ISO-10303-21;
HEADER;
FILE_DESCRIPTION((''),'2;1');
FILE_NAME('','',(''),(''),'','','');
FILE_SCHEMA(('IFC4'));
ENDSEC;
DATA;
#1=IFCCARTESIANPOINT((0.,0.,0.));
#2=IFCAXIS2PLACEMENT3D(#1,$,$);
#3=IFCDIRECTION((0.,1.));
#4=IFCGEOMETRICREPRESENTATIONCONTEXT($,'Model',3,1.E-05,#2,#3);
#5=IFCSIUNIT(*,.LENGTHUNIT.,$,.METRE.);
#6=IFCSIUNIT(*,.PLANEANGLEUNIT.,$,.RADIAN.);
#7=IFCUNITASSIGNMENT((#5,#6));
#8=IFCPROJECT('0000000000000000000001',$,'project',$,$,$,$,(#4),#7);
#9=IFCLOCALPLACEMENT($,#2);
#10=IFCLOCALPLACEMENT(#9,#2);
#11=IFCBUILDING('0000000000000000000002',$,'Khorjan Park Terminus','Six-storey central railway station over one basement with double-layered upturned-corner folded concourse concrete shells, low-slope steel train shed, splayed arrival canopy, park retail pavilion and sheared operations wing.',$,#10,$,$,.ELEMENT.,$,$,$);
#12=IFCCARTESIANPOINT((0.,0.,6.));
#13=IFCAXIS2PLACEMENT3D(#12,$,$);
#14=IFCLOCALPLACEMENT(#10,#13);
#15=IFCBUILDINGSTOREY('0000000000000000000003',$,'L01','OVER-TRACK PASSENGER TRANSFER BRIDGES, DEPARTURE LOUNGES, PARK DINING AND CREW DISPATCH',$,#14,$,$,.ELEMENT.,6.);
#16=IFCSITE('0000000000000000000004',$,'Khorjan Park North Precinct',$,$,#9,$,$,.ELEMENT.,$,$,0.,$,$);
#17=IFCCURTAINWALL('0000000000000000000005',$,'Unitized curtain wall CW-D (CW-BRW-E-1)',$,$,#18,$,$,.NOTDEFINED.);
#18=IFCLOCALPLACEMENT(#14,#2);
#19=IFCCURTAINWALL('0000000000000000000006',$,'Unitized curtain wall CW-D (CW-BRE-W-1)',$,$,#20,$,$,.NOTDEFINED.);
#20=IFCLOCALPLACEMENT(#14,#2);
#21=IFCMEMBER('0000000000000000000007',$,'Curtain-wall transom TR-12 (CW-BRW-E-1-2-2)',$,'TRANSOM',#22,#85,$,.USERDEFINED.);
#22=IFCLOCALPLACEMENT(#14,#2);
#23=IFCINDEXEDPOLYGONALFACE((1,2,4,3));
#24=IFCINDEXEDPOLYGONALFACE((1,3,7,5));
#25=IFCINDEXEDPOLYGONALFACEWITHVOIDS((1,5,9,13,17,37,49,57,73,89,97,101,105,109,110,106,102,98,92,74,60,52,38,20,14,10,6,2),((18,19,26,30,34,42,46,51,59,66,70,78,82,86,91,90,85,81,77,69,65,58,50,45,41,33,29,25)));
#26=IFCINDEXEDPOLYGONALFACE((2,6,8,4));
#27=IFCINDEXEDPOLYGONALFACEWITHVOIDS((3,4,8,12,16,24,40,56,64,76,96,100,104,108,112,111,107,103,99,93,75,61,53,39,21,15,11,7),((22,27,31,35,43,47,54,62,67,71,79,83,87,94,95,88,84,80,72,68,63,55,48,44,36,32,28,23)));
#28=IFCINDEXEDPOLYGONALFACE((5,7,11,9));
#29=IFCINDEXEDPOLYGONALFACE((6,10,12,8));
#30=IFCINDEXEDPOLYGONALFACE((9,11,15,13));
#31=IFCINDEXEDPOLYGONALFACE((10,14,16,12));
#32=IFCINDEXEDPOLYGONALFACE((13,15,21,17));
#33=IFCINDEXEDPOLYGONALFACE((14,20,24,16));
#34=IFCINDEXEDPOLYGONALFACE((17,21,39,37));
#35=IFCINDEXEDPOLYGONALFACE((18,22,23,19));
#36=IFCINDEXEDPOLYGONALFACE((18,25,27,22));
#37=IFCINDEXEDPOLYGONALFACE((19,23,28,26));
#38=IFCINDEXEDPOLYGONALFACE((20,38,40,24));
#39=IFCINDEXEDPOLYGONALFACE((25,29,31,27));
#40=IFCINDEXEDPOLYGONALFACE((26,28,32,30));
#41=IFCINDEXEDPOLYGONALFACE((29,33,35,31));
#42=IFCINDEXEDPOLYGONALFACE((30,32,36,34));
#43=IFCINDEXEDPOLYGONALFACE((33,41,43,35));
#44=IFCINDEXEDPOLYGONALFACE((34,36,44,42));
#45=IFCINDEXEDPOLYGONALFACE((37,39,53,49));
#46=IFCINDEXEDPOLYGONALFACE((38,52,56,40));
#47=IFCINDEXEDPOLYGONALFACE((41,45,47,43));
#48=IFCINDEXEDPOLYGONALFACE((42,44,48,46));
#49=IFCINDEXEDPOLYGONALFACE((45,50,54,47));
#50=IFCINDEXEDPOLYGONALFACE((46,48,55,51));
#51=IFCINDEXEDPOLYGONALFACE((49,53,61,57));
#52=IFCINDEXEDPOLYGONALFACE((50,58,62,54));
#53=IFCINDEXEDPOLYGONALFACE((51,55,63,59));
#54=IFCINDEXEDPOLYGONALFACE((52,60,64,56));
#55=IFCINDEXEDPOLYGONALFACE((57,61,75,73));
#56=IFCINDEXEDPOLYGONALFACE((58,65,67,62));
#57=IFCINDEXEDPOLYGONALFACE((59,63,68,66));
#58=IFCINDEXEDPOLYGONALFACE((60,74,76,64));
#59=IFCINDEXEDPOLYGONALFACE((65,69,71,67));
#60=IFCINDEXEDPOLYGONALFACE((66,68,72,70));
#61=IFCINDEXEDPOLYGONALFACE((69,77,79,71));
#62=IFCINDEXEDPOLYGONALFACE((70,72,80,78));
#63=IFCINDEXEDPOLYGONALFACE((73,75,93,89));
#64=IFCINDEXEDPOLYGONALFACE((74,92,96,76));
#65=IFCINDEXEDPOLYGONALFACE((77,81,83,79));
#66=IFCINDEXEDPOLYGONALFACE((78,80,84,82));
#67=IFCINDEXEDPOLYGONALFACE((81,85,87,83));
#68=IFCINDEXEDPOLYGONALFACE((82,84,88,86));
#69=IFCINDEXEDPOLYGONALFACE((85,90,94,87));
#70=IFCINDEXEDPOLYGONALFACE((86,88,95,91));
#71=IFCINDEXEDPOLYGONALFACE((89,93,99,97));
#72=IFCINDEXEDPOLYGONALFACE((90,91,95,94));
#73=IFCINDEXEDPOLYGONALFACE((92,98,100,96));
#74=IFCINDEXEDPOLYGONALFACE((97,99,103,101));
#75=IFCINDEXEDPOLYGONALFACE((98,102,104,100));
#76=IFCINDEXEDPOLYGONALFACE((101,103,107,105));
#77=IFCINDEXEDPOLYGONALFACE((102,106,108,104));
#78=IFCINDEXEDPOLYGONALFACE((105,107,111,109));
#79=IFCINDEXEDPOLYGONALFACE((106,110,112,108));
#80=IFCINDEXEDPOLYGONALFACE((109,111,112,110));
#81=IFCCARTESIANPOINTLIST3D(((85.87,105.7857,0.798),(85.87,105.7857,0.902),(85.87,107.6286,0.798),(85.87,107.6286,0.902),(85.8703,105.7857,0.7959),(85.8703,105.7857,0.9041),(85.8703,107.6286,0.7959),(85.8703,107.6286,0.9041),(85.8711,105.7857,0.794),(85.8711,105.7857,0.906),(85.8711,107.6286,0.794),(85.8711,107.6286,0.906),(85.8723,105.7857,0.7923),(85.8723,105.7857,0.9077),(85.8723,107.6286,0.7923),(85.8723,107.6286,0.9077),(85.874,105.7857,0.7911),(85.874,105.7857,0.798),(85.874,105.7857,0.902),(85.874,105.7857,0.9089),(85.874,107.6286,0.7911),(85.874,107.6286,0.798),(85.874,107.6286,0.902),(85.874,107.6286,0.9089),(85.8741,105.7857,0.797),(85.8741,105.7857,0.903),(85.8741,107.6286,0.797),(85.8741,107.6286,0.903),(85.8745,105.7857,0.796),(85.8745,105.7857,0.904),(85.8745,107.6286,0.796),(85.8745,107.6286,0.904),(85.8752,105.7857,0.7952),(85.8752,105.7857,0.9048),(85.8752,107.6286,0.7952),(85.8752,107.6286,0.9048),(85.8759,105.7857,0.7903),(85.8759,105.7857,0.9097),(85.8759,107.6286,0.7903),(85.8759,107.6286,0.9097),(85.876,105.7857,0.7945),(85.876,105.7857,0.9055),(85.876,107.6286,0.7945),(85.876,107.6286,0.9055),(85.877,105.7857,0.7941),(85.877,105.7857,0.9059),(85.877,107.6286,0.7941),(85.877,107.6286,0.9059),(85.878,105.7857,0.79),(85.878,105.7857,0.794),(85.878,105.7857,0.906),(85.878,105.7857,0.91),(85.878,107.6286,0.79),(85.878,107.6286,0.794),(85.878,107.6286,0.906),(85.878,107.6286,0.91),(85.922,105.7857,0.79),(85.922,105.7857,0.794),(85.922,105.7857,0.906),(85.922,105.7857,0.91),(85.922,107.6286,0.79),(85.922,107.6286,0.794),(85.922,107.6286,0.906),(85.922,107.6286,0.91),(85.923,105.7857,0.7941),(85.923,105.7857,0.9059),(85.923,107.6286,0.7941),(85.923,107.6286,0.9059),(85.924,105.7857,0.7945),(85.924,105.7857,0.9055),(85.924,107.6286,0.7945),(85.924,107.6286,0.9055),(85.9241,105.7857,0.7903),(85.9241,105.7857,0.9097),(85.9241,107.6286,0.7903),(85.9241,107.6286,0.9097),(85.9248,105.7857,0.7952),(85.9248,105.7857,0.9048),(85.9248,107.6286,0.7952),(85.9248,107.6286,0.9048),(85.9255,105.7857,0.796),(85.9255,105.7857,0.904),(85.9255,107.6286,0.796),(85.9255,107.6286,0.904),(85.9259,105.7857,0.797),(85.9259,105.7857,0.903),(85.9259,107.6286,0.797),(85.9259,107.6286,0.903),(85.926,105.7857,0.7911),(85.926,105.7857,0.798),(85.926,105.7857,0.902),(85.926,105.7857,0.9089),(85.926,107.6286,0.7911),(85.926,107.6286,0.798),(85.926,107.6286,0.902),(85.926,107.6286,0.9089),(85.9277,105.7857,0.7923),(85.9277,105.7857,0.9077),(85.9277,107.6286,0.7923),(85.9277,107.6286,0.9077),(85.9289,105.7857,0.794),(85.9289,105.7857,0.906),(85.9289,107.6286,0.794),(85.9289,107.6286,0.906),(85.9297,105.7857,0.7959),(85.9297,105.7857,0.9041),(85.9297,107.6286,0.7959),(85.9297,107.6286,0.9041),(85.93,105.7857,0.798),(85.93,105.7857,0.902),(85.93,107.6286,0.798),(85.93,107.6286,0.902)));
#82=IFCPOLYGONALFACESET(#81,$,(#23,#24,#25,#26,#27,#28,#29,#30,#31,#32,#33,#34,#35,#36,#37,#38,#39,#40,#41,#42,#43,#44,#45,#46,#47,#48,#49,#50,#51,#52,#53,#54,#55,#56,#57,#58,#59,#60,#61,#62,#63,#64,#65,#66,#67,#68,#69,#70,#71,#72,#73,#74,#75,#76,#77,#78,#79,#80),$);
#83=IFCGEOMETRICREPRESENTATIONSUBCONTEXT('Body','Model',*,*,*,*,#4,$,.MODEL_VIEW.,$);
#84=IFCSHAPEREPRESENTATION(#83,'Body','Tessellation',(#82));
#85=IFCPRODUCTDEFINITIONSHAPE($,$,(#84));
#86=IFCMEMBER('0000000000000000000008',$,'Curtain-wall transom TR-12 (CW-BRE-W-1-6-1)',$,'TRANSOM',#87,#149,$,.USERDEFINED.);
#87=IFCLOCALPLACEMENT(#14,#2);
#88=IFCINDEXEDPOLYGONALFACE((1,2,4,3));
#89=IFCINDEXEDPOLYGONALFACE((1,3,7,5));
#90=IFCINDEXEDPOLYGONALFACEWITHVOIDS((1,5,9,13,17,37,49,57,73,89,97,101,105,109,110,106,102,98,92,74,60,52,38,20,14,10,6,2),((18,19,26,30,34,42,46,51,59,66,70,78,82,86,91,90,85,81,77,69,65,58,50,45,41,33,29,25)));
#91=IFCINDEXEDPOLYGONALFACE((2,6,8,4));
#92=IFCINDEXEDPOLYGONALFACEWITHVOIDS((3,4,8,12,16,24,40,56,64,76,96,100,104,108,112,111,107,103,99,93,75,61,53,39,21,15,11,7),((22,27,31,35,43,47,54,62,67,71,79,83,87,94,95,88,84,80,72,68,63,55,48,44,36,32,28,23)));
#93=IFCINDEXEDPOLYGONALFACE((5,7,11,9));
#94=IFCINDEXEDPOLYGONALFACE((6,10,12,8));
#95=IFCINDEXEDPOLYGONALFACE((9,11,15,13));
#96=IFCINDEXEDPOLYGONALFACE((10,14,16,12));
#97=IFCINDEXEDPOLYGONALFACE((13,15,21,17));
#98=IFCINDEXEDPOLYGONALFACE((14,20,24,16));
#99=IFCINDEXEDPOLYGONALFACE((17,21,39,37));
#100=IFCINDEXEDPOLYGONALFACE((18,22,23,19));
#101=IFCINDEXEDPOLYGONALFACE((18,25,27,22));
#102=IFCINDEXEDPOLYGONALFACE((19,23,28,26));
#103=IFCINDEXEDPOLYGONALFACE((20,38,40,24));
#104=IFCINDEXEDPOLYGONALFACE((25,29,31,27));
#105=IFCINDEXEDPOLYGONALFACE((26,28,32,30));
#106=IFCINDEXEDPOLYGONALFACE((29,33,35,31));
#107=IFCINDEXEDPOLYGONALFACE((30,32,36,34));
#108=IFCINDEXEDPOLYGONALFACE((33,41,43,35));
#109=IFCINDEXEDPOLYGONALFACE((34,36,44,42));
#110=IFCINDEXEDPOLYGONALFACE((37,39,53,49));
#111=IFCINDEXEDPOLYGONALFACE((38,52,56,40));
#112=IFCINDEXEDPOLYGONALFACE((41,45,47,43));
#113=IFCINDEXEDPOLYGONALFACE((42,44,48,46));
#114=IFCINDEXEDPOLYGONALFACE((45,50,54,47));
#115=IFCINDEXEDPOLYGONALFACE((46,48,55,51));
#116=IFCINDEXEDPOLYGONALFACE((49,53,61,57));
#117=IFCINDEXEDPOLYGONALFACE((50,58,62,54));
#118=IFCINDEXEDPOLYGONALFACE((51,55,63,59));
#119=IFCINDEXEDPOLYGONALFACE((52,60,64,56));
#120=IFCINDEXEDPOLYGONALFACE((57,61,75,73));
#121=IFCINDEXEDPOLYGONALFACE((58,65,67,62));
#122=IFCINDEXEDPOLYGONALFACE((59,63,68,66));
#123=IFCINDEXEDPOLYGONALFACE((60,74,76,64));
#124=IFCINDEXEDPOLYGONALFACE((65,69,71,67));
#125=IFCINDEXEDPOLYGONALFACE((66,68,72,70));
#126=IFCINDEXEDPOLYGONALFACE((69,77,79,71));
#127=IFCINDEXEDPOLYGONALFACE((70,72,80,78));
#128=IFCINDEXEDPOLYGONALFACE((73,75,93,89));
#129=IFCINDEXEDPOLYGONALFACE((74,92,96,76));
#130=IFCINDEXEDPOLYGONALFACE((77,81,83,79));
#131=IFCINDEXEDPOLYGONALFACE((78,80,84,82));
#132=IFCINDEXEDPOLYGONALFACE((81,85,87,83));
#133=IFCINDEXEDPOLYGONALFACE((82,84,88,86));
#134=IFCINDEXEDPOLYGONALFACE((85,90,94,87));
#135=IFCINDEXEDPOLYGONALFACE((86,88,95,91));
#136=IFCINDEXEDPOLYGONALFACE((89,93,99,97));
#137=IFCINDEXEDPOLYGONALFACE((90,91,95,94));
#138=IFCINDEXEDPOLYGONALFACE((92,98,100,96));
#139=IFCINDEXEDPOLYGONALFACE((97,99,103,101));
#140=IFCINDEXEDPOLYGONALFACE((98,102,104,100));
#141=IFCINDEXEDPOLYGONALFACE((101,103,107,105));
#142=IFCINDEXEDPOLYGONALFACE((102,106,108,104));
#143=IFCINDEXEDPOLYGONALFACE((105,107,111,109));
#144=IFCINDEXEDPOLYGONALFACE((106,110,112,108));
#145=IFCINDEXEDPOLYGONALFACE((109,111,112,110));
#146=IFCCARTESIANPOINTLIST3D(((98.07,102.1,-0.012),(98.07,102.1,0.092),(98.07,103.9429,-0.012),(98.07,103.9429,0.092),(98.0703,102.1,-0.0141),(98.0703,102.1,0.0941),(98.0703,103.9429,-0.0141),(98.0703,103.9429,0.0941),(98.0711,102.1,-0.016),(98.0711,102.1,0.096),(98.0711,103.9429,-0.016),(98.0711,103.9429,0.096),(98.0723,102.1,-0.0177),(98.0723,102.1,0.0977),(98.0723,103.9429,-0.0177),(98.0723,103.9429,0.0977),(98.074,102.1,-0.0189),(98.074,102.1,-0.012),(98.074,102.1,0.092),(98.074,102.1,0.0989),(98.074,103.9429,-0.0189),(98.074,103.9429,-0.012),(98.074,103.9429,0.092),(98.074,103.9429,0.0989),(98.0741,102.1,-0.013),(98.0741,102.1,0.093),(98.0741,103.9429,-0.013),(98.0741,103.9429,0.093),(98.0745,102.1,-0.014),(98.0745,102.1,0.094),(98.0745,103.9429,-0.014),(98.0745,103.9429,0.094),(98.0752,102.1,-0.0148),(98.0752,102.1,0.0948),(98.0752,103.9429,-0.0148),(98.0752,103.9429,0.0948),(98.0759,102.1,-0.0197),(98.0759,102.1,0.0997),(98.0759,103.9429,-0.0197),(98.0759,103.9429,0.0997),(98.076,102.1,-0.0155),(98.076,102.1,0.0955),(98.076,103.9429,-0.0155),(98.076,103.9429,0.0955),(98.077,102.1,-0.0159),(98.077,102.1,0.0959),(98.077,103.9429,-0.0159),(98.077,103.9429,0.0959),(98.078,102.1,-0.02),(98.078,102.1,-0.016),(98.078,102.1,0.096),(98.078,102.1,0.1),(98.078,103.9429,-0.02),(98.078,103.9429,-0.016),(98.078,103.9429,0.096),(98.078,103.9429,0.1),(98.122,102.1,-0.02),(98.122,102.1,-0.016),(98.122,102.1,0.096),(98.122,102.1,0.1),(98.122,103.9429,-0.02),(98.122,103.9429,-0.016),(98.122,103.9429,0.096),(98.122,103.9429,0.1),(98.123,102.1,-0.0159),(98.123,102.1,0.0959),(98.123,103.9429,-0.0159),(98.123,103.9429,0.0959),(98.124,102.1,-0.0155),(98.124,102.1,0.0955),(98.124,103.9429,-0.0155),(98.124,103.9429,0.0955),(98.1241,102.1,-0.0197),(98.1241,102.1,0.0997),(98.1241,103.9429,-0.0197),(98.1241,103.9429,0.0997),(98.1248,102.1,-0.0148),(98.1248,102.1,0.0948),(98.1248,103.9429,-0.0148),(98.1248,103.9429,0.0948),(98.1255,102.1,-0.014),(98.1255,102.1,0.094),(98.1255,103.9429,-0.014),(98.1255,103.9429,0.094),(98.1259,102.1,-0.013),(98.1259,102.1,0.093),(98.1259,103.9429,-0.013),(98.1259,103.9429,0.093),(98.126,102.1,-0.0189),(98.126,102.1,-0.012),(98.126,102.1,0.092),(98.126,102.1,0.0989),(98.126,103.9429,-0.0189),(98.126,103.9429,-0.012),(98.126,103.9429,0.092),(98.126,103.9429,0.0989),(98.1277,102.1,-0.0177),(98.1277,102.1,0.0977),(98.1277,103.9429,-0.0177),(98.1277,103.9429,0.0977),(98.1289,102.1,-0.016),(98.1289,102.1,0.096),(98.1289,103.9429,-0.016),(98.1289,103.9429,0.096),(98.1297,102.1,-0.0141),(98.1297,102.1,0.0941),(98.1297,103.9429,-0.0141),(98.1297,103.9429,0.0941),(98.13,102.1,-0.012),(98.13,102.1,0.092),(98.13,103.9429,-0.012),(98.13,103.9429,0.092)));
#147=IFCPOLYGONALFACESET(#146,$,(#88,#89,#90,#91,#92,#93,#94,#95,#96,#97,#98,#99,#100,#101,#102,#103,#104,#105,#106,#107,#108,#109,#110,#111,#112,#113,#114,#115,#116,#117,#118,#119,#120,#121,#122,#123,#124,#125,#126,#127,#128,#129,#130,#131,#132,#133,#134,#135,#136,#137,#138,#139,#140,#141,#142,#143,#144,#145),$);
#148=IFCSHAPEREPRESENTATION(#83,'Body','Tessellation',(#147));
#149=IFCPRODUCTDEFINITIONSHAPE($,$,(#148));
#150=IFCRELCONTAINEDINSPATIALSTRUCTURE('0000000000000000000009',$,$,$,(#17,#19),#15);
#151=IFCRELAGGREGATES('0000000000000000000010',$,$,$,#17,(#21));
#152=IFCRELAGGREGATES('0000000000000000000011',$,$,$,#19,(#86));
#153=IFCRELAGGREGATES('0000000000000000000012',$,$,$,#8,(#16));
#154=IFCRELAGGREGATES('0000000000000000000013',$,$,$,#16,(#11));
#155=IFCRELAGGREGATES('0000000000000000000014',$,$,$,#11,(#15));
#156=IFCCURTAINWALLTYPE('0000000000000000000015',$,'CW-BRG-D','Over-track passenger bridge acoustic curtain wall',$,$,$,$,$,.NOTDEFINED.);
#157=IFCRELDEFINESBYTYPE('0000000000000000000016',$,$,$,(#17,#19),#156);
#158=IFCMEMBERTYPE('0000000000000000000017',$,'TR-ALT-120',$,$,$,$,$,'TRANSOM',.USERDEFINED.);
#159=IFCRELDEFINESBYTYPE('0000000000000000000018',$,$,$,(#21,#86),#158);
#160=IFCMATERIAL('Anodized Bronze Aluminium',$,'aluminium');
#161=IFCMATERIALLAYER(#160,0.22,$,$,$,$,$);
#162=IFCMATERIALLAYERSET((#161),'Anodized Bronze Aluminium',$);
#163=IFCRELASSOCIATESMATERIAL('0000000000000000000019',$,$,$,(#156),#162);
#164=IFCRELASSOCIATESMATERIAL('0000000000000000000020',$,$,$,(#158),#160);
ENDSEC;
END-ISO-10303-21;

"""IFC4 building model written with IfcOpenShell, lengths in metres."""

from ifc_helpers import new_model, si_unit, direction, frame, origin, origin_2d, place, context, subcontext, project, spatial, hollow_rectangle, extrude, material, layer, layer_set, material_profile, profile_set, type_object, element, aggregate, save


model = new_model("IFC4")

# Units and contexts
model_context = context("Model", 3, precision=1e-05, world=origin(), true_north=direction((0.0, 1.0)))
body_context = subcontext(model_context, "Body", "Model", "MODEL_VIEW")
ifc_project = project(units=[si_unit("LENGTHUNIT", "METRE"), si_unit("PLANEANGLEUNIT", "RADIAN")], contexts=[model_context])

# Site, building, storey
site_placement = place(None, origin())
site = spatial("IfcSite", under=ifc_project, at=site_placement, Name="Khorjan Park North Precinct", CompositionType="ELEMENT", RefElevation=0.0)
building_placement = place(site_placement, origin())
building = spatial("IfcBuilding", under=site, at=building_placement, Name="Khorjan Park Terminus", Description="Six-storey central railway station over one basement with double-layered upturned-corner folded concourse concrete shells, low-slope steel train shed, splayed arrival canopy, park retail pavilion and sheared operations wing.", CompositionType="ELEMENT")
storey_placement = place(building_placement, frame((0.0, 0.0, 6.0)))
storey = spatial("IfcBuildingStorey", under=building, at=storey_placement, Name="L01", Description="OVER-TRACK PASSENGER TRANSFER BRIDGES, DEPARTURE LOUNGES, PARK DINING AND CREW DISPATCH", CompositionType="ELEMENT", Elevation=6.0)

# Curtain walls
ifc_material_1 = material(Name="Anodized Bronze Aluminium", Category="aluminium")
ifc_layer_1 = layer(ifc_material_1, 0.22)
ifc_layer_set_1 = layer_set([ifc_layer_1], Name="Anodized Bronze Aluminium")
curtain_wall_type = type_object("IfcCurtainWallType", Name="CW-BRG-D", Description="Over-track passenger bridge acoustic curtain wall", PredefinedType="NOTDEFINED", material=ifc_layer_set_1)
curtain_wall_1_placement = place(storey_placement, origin())
curtain_wall_1 = element("IfcCurtainWall", 1, at=curtain_wall_1_placement, inside=storey, type_object=curtain_wall_type, Name="Unitized curtain wall CW-D (CW-BRW-E-1)", PredefinedType="NOTDEFINED")
curtain_wall_2_placement = place(storey_placement, origin())
curtain_wall_2 = element("IfcCurtainWall", 2, at=curtain_wall_2_placement, inside=storey, type_object=curtain_wall_type, Name="Unitized curtain wall CW-D (CW-BRE-W-1)", PredefinedType="NOTDEFINED")

# Members
ifc_material_profile_1 = material_profile(ifc_material_1, hollow_rectangle(XDim=0.06, YDim=0.12, WallThickness=0.004, InnerFilletRadius=0.004, OuterFilletRadius=0.008, at=origin_2d()), Name="ALT 60x120x4")
ifc_profile_set_1 = profile_set([ifc_material_profile_1], Name="Anodized Bronze Aluminium")
member_type_1 = type_object("IfcMemberType", Name="TR-ALT-120", ElementType="TRANSOM", PredefinedType="USERDEFINED", material=ifc_profile_set_1)
member_1_placement = place(storey_placement, frame((85.9, 105.7857, 0.85), z_axis=(0.0, 1.0, 0.0), x_axis=(-1.0, 0.0, 0.0)))
member_1 = element("IfcMember", 3, at=member_1_placement, type_object=member_type_1, Name="Curtain-wall transom TR-12 (CW-BRW-E-1-2-2)", ObjectType="TRANSOM", PredefinedType="USERDEFINED", context=body_context, shape_type="SweptSolid", body=[
    extrude(hollow_rectangle(XDim=0.06, YDim=0.12, WallThickness=0.004, InnerFilletRadius=0.004, OuterFilletRadius=0.008, at=origin_2d()), origin(), (0.0, 0.0, 1.0), 1.8429),
])
member_2_placement = place(storey_placement, frame((98.1, 103.9429, 0.04), z_axis=(0.0, -1.0, 0.0), x_axis=(1.0, 0.0, 0.0)))
member_2 = element("IfcMember", 4, at=member_2_placement, type_object=member_type_1, Name="Curtain-wall transom TR-12 (CW-BRE-W-1-6-1)", ObjectType="TRANSOM", PredefinedType="USERDEFINED", context=body_context, shape_type="SweptSolid", body=[
    extrude(hollow_rectangle(XDim=0.06, YDim=0.12, WallThickness=0.004, InnerFilletRadius=0.004, OuterFilletRadius=0.008, at=origin_2d()), origin(), (0.0, 0.0, 1.0), 1.8429),
])

aggregate(curtain_wall_1, [member_1])
aggregate(curtain_wall_2, [member_2])

save(model, "model.ifc")
